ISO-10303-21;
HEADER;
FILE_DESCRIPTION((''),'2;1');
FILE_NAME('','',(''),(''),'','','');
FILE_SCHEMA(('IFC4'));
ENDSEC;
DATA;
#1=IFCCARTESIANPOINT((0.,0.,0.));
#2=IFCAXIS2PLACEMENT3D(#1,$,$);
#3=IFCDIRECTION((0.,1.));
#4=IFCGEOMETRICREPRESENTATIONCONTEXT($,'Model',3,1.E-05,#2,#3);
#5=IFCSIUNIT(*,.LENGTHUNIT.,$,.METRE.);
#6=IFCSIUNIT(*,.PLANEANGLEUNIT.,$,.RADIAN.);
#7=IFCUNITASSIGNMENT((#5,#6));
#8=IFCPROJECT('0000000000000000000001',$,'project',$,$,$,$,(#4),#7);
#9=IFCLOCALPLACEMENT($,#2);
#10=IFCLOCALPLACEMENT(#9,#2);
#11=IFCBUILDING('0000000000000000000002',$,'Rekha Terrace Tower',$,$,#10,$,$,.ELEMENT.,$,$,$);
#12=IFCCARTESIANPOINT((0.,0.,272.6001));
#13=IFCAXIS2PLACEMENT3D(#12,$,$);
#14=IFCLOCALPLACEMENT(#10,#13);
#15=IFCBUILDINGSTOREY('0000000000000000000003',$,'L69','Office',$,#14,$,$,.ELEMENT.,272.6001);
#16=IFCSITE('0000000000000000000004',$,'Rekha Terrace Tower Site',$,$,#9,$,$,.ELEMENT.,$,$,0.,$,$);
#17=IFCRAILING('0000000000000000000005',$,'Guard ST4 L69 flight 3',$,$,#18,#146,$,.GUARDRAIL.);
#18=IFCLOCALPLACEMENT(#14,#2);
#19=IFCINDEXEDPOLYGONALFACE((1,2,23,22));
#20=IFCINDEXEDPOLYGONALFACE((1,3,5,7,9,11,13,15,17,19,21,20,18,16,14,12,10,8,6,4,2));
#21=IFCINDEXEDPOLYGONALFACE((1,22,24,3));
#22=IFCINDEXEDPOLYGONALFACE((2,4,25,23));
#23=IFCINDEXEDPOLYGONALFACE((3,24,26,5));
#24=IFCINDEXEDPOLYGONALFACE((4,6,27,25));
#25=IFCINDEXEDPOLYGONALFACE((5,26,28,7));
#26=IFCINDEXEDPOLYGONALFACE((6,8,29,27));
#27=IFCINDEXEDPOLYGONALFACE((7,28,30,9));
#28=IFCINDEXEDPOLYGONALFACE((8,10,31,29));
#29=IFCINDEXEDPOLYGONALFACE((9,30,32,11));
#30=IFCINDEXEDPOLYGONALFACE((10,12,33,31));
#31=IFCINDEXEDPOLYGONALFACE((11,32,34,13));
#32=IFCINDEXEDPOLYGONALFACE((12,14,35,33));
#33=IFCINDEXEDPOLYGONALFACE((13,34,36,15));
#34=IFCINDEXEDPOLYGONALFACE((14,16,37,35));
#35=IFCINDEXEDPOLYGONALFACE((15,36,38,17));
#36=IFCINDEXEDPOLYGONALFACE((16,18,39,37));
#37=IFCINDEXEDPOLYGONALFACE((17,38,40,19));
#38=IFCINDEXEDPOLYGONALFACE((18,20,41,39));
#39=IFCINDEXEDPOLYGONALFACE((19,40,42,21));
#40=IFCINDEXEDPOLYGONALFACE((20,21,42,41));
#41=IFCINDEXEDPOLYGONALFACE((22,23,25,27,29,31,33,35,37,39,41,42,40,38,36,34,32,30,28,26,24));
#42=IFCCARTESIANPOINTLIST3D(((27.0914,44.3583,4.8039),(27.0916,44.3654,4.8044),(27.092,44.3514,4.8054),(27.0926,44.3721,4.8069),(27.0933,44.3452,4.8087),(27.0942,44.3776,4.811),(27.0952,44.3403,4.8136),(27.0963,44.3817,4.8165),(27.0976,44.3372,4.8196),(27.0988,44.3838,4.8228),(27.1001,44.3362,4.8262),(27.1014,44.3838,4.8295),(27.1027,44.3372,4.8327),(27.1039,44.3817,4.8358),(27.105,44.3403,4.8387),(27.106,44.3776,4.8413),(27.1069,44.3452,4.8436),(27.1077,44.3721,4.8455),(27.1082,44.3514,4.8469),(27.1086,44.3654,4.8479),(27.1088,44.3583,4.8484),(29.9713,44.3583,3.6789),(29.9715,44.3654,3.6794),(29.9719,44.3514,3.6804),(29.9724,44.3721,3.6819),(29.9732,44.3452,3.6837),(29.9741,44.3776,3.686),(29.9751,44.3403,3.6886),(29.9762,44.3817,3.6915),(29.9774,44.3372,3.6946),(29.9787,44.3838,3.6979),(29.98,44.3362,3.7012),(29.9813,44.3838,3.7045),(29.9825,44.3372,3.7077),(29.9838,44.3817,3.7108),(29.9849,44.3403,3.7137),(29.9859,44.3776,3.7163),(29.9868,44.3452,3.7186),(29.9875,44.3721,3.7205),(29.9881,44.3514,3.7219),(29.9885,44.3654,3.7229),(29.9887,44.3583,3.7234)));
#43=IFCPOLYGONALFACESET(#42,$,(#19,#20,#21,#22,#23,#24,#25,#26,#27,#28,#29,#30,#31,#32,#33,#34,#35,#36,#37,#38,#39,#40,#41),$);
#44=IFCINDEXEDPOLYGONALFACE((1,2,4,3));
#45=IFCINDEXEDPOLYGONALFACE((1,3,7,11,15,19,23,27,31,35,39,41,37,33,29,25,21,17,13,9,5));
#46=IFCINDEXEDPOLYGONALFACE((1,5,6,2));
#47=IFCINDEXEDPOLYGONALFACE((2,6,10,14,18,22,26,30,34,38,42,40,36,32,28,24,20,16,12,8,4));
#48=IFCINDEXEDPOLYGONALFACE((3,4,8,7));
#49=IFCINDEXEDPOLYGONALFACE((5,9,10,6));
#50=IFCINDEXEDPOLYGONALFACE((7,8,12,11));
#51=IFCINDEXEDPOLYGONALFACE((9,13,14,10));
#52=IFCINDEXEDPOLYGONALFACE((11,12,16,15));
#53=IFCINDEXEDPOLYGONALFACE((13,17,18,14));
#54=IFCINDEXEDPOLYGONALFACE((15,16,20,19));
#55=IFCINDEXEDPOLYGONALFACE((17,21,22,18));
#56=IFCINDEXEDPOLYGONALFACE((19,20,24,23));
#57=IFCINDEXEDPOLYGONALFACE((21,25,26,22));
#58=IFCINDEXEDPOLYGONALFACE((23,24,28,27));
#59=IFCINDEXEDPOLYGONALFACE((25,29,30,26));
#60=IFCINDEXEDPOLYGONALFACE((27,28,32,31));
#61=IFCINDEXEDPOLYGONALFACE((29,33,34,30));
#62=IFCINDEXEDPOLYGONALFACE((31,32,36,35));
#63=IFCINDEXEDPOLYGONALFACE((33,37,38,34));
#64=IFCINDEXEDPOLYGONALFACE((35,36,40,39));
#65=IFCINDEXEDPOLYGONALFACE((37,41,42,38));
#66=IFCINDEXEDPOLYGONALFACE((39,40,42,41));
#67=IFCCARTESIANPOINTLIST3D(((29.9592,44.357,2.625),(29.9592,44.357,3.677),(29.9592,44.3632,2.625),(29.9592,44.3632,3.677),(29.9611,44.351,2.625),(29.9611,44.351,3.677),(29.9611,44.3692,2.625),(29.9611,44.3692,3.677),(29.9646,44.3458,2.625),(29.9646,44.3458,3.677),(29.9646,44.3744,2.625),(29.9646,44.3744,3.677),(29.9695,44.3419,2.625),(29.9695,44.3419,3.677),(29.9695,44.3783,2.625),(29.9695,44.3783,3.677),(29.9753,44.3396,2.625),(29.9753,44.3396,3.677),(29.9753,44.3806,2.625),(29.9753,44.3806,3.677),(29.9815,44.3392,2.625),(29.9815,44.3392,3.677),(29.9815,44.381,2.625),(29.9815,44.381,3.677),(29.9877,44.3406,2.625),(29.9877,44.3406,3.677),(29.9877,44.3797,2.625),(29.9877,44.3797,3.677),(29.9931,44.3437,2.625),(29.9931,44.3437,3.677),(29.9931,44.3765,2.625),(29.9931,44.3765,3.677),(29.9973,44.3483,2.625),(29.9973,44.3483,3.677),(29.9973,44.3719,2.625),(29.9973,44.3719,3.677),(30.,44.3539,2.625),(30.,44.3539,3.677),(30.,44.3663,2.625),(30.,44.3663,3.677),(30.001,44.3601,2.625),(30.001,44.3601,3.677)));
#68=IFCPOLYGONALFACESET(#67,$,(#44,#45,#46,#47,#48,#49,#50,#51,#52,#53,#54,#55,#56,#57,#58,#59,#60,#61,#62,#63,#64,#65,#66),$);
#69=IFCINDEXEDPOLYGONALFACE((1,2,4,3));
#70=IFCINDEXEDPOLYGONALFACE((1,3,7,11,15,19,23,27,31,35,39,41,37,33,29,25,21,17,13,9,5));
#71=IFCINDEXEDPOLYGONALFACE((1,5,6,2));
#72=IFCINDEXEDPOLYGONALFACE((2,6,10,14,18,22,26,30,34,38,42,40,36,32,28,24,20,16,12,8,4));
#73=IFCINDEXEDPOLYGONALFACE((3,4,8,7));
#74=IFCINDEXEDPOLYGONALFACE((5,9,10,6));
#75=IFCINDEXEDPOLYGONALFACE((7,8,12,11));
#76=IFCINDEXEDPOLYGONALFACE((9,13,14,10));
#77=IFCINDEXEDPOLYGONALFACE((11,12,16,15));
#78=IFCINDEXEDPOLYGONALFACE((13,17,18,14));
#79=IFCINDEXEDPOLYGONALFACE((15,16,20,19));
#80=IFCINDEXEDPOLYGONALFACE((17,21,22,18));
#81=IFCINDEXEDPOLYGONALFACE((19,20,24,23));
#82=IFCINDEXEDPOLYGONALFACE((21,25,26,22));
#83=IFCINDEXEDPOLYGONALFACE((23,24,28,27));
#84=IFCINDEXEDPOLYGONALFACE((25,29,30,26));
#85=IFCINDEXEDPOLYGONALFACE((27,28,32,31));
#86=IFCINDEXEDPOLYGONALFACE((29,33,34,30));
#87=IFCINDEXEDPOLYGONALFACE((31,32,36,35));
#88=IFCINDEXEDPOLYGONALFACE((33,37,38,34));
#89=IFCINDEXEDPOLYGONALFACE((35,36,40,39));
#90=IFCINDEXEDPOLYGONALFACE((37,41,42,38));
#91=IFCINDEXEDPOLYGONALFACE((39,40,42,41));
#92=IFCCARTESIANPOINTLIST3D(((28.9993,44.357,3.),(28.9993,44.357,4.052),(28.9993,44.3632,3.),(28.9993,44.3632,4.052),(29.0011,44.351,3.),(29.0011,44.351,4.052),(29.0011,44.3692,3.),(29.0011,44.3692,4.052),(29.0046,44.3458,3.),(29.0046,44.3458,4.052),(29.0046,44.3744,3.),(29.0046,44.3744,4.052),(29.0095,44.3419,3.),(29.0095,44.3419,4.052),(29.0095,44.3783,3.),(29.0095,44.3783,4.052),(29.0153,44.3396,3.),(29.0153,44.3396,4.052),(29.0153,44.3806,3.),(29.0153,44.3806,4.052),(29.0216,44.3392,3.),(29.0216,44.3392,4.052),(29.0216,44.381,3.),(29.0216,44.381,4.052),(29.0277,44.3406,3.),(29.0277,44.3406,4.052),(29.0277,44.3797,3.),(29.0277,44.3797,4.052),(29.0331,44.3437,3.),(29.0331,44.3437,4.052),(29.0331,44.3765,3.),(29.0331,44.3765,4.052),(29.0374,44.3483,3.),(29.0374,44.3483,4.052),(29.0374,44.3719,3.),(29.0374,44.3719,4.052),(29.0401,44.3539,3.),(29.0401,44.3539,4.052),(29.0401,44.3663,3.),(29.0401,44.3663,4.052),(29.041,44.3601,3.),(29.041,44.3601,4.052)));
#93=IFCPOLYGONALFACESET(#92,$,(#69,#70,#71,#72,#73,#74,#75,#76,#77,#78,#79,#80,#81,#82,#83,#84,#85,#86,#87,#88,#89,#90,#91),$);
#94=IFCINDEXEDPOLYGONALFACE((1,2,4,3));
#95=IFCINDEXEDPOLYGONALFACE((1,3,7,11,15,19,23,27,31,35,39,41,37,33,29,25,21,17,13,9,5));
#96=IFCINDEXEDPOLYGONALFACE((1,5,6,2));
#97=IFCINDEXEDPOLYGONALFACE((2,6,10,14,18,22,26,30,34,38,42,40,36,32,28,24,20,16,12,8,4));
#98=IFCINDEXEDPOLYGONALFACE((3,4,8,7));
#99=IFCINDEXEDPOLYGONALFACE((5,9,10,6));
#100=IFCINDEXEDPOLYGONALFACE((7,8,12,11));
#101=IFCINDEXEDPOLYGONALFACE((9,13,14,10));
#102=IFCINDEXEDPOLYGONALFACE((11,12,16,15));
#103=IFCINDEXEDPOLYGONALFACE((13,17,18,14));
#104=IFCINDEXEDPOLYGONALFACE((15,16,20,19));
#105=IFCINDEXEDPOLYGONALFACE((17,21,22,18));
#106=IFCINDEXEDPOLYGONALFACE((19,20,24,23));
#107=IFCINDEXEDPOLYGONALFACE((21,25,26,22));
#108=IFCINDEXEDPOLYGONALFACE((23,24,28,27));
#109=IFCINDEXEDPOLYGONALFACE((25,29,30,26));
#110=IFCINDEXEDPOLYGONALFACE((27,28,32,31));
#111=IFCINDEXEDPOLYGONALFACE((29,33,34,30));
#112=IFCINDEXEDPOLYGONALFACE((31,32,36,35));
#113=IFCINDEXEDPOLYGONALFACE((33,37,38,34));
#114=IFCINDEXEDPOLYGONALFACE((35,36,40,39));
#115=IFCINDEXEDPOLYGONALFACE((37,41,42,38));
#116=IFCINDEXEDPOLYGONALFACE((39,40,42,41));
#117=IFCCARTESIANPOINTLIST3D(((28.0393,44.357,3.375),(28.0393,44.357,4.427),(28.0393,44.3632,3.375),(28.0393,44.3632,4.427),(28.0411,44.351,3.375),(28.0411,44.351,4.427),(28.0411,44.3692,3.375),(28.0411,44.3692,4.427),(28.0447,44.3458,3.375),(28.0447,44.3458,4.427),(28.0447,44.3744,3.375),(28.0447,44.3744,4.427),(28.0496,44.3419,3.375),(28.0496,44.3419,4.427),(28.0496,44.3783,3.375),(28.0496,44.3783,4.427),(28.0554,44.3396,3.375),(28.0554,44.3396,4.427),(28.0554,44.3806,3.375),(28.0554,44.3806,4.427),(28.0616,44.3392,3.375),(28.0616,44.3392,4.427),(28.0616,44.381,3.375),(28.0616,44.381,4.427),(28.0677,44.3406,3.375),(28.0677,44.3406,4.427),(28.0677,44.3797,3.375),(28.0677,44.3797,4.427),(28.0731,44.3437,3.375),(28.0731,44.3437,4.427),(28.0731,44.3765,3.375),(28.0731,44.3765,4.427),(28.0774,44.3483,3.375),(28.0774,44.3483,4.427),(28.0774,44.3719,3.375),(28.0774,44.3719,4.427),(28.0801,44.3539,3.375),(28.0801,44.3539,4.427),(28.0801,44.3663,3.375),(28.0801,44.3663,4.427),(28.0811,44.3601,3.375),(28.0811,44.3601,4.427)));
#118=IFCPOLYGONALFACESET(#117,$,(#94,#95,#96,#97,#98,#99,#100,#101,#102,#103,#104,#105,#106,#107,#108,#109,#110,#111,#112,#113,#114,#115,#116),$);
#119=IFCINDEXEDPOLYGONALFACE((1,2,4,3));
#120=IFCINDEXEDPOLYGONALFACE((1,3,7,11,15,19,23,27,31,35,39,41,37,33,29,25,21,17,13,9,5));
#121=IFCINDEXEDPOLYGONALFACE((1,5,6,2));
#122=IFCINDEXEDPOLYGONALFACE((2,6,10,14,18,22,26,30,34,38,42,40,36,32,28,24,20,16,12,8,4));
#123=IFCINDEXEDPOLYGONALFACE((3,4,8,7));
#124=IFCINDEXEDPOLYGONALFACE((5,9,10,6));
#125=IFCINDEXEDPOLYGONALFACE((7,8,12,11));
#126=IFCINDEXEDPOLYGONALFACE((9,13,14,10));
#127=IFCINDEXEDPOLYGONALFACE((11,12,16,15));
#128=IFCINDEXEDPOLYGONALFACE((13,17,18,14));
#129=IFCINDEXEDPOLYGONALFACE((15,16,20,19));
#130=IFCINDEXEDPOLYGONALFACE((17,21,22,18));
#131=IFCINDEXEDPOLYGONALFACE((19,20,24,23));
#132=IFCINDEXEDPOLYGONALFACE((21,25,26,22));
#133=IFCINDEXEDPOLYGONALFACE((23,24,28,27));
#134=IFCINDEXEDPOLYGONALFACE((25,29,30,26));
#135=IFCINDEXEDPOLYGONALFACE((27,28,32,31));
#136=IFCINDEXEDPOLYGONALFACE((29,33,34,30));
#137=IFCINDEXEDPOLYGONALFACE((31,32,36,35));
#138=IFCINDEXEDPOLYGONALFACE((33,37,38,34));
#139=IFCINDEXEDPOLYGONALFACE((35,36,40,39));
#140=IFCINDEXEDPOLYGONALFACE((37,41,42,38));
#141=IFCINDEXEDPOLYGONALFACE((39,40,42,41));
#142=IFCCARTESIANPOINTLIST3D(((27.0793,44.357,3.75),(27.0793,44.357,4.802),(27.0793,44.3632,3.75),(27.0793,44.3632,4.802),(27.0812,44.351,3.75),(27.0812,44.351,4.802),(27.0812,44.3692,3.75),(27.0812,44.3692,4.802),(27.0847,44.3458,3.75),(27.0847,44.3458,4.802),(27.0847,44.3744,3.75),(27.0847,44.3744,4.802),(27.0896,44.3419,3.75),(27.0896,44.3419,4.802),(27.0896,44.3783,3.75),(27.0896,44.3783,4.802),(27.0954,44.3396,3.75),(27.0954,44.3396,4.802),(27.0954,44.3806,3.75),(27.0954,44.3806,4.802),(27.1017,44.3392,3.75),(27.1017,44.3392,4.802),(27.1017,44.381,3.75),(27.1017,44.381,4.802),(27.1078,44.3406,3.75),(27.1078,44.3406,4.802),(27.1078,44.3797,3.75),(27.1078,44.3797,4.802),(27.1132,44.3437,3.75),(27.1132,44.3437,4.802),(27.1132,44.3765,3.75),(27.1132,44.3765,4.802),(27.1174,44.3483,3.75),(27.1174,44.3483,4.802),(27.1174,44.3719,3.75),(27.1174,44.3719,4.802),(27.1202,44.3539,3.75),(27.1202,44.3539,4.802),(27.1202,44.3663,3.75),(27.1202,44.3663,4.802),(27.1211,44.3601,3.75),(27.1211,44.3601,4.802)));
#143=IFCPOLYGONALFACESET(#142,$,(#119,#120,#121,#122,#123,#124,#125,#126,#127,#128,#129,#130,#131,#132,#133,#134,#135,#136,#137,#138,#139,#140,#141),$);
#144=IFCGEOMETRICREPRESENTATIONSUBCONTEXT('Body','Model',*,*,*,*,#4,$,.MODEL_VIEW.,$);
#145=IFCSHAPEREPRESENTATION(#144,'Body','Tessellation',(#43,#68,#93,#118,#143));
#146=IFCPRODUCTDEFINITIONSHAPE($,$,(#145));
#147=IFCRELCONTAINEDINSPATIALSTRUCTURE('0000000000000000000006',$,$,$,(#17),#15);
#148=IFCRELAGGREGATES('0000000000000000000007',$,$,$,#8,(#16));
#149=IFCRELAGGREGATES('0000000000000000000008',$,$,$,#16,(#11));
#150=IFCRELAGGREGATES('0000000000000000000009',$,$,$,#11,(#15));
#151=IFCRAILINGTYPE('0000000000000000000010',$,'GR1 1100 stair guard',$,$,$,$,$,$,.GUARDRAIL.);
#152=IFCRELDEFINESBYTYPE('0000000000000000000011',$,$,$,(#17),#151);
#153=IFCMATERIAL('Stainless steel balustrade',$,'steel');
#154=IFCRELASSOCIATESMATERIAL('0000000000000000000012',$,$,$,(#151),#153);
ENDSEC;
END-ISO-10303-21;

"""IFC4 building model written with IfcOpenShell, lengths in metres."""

from ifc_helpers import new_model, si_unit, direction, frame, origin, origin_2d, place, context, subcontext, project, spatial, circle, extrude, material, type_object, element, save


model = new_model("IFC4")

# Units and contexts
model_context = context("Model", 3, precision=1e-05, world=origin(), true_north=direction((0.0, 1.0)))
body_context = subcontext(model_context, "Body", "Model", "MODEL_VIEW")
ifc_project = project(units=[si_unit("LENGTHUNIT", "METRE"), si_unit("PLANEANGLEUNIT", "RADIAN")], contexts=[model_context])

# Site, building, storey
site_placement = place(None, origin())
site = spatial("IfcSite", under=ifc_project, at=site_placement, Name="Rekha Terrace Tower Site", CompositionType="ELEMENT", RefElevation=0.0)
building_placement = place(site_placement, origin())
building = spatial("IfcBuilding", under=site, at=building_placement, Name="Rekha Terrace Tower", CompositionType="ELEMENT")
storey_placement = place(building_placement, frame((0.0, 0.0, 272.6001)))
storey = spatial("IfcBuildingStorey", under=building, at=storey_placement, Name="L69", Description="Office", CompositionType="ELEMENT", Elevation=272.6001)

# Railing
ifc_material_1 = material(Name="Stainless steel balustrade", Category="steel")
railing_type_1 = type_object("IfcRailingType", Name="GR1 1100 stair guard", PredefinedType="GUARDRAIL", material=ifc_material_1)
railing_1_placement = place(storey_placement, frame((29.98, 44.3601, 2.625)))
element("IfcRailing", 1, at=railing_1_placement, inside=storey, type_object=railing_type_1, Name="Guard ST4 L69 flight 3", PredefinedType="GUARDRAIL", context=body_context, shape_type="SweptSolid", body=[
    extrude(circle(Radius=0.0239, at=origin_2d()), frame((0.0, 0.0, 1.0762), z_axis=(-0.931452, 0.0, 0.363863), x_axis=(0.0, -1.0, 0.0)), (0.0, 0.0, 1.0), 3.0918),
    extrude(circle(Radius=0.021, at=origin_2d()), origin(), (0.0, 0.0, 1.0), 1.052),
    extrude(circle(Radius=0.021, at=origin_2d()), frame((-0.96, 0.0, 0.375)), (0.0, 0.0, 1.0), 1.052),
    extrude(circle(Radius=0.021, at=origin_2d()), frame((-1.9199, 0.0, 0.75)), (0.0, 0.0, 1.0), 1.052),
    extrude(circle(Radius=0.021, at=origin_2d()), frame((-2.8799, 0.0, 1.125)), (0.0, 0.0, 1.0), 1.052),
])

save(model, "model.ifc")
